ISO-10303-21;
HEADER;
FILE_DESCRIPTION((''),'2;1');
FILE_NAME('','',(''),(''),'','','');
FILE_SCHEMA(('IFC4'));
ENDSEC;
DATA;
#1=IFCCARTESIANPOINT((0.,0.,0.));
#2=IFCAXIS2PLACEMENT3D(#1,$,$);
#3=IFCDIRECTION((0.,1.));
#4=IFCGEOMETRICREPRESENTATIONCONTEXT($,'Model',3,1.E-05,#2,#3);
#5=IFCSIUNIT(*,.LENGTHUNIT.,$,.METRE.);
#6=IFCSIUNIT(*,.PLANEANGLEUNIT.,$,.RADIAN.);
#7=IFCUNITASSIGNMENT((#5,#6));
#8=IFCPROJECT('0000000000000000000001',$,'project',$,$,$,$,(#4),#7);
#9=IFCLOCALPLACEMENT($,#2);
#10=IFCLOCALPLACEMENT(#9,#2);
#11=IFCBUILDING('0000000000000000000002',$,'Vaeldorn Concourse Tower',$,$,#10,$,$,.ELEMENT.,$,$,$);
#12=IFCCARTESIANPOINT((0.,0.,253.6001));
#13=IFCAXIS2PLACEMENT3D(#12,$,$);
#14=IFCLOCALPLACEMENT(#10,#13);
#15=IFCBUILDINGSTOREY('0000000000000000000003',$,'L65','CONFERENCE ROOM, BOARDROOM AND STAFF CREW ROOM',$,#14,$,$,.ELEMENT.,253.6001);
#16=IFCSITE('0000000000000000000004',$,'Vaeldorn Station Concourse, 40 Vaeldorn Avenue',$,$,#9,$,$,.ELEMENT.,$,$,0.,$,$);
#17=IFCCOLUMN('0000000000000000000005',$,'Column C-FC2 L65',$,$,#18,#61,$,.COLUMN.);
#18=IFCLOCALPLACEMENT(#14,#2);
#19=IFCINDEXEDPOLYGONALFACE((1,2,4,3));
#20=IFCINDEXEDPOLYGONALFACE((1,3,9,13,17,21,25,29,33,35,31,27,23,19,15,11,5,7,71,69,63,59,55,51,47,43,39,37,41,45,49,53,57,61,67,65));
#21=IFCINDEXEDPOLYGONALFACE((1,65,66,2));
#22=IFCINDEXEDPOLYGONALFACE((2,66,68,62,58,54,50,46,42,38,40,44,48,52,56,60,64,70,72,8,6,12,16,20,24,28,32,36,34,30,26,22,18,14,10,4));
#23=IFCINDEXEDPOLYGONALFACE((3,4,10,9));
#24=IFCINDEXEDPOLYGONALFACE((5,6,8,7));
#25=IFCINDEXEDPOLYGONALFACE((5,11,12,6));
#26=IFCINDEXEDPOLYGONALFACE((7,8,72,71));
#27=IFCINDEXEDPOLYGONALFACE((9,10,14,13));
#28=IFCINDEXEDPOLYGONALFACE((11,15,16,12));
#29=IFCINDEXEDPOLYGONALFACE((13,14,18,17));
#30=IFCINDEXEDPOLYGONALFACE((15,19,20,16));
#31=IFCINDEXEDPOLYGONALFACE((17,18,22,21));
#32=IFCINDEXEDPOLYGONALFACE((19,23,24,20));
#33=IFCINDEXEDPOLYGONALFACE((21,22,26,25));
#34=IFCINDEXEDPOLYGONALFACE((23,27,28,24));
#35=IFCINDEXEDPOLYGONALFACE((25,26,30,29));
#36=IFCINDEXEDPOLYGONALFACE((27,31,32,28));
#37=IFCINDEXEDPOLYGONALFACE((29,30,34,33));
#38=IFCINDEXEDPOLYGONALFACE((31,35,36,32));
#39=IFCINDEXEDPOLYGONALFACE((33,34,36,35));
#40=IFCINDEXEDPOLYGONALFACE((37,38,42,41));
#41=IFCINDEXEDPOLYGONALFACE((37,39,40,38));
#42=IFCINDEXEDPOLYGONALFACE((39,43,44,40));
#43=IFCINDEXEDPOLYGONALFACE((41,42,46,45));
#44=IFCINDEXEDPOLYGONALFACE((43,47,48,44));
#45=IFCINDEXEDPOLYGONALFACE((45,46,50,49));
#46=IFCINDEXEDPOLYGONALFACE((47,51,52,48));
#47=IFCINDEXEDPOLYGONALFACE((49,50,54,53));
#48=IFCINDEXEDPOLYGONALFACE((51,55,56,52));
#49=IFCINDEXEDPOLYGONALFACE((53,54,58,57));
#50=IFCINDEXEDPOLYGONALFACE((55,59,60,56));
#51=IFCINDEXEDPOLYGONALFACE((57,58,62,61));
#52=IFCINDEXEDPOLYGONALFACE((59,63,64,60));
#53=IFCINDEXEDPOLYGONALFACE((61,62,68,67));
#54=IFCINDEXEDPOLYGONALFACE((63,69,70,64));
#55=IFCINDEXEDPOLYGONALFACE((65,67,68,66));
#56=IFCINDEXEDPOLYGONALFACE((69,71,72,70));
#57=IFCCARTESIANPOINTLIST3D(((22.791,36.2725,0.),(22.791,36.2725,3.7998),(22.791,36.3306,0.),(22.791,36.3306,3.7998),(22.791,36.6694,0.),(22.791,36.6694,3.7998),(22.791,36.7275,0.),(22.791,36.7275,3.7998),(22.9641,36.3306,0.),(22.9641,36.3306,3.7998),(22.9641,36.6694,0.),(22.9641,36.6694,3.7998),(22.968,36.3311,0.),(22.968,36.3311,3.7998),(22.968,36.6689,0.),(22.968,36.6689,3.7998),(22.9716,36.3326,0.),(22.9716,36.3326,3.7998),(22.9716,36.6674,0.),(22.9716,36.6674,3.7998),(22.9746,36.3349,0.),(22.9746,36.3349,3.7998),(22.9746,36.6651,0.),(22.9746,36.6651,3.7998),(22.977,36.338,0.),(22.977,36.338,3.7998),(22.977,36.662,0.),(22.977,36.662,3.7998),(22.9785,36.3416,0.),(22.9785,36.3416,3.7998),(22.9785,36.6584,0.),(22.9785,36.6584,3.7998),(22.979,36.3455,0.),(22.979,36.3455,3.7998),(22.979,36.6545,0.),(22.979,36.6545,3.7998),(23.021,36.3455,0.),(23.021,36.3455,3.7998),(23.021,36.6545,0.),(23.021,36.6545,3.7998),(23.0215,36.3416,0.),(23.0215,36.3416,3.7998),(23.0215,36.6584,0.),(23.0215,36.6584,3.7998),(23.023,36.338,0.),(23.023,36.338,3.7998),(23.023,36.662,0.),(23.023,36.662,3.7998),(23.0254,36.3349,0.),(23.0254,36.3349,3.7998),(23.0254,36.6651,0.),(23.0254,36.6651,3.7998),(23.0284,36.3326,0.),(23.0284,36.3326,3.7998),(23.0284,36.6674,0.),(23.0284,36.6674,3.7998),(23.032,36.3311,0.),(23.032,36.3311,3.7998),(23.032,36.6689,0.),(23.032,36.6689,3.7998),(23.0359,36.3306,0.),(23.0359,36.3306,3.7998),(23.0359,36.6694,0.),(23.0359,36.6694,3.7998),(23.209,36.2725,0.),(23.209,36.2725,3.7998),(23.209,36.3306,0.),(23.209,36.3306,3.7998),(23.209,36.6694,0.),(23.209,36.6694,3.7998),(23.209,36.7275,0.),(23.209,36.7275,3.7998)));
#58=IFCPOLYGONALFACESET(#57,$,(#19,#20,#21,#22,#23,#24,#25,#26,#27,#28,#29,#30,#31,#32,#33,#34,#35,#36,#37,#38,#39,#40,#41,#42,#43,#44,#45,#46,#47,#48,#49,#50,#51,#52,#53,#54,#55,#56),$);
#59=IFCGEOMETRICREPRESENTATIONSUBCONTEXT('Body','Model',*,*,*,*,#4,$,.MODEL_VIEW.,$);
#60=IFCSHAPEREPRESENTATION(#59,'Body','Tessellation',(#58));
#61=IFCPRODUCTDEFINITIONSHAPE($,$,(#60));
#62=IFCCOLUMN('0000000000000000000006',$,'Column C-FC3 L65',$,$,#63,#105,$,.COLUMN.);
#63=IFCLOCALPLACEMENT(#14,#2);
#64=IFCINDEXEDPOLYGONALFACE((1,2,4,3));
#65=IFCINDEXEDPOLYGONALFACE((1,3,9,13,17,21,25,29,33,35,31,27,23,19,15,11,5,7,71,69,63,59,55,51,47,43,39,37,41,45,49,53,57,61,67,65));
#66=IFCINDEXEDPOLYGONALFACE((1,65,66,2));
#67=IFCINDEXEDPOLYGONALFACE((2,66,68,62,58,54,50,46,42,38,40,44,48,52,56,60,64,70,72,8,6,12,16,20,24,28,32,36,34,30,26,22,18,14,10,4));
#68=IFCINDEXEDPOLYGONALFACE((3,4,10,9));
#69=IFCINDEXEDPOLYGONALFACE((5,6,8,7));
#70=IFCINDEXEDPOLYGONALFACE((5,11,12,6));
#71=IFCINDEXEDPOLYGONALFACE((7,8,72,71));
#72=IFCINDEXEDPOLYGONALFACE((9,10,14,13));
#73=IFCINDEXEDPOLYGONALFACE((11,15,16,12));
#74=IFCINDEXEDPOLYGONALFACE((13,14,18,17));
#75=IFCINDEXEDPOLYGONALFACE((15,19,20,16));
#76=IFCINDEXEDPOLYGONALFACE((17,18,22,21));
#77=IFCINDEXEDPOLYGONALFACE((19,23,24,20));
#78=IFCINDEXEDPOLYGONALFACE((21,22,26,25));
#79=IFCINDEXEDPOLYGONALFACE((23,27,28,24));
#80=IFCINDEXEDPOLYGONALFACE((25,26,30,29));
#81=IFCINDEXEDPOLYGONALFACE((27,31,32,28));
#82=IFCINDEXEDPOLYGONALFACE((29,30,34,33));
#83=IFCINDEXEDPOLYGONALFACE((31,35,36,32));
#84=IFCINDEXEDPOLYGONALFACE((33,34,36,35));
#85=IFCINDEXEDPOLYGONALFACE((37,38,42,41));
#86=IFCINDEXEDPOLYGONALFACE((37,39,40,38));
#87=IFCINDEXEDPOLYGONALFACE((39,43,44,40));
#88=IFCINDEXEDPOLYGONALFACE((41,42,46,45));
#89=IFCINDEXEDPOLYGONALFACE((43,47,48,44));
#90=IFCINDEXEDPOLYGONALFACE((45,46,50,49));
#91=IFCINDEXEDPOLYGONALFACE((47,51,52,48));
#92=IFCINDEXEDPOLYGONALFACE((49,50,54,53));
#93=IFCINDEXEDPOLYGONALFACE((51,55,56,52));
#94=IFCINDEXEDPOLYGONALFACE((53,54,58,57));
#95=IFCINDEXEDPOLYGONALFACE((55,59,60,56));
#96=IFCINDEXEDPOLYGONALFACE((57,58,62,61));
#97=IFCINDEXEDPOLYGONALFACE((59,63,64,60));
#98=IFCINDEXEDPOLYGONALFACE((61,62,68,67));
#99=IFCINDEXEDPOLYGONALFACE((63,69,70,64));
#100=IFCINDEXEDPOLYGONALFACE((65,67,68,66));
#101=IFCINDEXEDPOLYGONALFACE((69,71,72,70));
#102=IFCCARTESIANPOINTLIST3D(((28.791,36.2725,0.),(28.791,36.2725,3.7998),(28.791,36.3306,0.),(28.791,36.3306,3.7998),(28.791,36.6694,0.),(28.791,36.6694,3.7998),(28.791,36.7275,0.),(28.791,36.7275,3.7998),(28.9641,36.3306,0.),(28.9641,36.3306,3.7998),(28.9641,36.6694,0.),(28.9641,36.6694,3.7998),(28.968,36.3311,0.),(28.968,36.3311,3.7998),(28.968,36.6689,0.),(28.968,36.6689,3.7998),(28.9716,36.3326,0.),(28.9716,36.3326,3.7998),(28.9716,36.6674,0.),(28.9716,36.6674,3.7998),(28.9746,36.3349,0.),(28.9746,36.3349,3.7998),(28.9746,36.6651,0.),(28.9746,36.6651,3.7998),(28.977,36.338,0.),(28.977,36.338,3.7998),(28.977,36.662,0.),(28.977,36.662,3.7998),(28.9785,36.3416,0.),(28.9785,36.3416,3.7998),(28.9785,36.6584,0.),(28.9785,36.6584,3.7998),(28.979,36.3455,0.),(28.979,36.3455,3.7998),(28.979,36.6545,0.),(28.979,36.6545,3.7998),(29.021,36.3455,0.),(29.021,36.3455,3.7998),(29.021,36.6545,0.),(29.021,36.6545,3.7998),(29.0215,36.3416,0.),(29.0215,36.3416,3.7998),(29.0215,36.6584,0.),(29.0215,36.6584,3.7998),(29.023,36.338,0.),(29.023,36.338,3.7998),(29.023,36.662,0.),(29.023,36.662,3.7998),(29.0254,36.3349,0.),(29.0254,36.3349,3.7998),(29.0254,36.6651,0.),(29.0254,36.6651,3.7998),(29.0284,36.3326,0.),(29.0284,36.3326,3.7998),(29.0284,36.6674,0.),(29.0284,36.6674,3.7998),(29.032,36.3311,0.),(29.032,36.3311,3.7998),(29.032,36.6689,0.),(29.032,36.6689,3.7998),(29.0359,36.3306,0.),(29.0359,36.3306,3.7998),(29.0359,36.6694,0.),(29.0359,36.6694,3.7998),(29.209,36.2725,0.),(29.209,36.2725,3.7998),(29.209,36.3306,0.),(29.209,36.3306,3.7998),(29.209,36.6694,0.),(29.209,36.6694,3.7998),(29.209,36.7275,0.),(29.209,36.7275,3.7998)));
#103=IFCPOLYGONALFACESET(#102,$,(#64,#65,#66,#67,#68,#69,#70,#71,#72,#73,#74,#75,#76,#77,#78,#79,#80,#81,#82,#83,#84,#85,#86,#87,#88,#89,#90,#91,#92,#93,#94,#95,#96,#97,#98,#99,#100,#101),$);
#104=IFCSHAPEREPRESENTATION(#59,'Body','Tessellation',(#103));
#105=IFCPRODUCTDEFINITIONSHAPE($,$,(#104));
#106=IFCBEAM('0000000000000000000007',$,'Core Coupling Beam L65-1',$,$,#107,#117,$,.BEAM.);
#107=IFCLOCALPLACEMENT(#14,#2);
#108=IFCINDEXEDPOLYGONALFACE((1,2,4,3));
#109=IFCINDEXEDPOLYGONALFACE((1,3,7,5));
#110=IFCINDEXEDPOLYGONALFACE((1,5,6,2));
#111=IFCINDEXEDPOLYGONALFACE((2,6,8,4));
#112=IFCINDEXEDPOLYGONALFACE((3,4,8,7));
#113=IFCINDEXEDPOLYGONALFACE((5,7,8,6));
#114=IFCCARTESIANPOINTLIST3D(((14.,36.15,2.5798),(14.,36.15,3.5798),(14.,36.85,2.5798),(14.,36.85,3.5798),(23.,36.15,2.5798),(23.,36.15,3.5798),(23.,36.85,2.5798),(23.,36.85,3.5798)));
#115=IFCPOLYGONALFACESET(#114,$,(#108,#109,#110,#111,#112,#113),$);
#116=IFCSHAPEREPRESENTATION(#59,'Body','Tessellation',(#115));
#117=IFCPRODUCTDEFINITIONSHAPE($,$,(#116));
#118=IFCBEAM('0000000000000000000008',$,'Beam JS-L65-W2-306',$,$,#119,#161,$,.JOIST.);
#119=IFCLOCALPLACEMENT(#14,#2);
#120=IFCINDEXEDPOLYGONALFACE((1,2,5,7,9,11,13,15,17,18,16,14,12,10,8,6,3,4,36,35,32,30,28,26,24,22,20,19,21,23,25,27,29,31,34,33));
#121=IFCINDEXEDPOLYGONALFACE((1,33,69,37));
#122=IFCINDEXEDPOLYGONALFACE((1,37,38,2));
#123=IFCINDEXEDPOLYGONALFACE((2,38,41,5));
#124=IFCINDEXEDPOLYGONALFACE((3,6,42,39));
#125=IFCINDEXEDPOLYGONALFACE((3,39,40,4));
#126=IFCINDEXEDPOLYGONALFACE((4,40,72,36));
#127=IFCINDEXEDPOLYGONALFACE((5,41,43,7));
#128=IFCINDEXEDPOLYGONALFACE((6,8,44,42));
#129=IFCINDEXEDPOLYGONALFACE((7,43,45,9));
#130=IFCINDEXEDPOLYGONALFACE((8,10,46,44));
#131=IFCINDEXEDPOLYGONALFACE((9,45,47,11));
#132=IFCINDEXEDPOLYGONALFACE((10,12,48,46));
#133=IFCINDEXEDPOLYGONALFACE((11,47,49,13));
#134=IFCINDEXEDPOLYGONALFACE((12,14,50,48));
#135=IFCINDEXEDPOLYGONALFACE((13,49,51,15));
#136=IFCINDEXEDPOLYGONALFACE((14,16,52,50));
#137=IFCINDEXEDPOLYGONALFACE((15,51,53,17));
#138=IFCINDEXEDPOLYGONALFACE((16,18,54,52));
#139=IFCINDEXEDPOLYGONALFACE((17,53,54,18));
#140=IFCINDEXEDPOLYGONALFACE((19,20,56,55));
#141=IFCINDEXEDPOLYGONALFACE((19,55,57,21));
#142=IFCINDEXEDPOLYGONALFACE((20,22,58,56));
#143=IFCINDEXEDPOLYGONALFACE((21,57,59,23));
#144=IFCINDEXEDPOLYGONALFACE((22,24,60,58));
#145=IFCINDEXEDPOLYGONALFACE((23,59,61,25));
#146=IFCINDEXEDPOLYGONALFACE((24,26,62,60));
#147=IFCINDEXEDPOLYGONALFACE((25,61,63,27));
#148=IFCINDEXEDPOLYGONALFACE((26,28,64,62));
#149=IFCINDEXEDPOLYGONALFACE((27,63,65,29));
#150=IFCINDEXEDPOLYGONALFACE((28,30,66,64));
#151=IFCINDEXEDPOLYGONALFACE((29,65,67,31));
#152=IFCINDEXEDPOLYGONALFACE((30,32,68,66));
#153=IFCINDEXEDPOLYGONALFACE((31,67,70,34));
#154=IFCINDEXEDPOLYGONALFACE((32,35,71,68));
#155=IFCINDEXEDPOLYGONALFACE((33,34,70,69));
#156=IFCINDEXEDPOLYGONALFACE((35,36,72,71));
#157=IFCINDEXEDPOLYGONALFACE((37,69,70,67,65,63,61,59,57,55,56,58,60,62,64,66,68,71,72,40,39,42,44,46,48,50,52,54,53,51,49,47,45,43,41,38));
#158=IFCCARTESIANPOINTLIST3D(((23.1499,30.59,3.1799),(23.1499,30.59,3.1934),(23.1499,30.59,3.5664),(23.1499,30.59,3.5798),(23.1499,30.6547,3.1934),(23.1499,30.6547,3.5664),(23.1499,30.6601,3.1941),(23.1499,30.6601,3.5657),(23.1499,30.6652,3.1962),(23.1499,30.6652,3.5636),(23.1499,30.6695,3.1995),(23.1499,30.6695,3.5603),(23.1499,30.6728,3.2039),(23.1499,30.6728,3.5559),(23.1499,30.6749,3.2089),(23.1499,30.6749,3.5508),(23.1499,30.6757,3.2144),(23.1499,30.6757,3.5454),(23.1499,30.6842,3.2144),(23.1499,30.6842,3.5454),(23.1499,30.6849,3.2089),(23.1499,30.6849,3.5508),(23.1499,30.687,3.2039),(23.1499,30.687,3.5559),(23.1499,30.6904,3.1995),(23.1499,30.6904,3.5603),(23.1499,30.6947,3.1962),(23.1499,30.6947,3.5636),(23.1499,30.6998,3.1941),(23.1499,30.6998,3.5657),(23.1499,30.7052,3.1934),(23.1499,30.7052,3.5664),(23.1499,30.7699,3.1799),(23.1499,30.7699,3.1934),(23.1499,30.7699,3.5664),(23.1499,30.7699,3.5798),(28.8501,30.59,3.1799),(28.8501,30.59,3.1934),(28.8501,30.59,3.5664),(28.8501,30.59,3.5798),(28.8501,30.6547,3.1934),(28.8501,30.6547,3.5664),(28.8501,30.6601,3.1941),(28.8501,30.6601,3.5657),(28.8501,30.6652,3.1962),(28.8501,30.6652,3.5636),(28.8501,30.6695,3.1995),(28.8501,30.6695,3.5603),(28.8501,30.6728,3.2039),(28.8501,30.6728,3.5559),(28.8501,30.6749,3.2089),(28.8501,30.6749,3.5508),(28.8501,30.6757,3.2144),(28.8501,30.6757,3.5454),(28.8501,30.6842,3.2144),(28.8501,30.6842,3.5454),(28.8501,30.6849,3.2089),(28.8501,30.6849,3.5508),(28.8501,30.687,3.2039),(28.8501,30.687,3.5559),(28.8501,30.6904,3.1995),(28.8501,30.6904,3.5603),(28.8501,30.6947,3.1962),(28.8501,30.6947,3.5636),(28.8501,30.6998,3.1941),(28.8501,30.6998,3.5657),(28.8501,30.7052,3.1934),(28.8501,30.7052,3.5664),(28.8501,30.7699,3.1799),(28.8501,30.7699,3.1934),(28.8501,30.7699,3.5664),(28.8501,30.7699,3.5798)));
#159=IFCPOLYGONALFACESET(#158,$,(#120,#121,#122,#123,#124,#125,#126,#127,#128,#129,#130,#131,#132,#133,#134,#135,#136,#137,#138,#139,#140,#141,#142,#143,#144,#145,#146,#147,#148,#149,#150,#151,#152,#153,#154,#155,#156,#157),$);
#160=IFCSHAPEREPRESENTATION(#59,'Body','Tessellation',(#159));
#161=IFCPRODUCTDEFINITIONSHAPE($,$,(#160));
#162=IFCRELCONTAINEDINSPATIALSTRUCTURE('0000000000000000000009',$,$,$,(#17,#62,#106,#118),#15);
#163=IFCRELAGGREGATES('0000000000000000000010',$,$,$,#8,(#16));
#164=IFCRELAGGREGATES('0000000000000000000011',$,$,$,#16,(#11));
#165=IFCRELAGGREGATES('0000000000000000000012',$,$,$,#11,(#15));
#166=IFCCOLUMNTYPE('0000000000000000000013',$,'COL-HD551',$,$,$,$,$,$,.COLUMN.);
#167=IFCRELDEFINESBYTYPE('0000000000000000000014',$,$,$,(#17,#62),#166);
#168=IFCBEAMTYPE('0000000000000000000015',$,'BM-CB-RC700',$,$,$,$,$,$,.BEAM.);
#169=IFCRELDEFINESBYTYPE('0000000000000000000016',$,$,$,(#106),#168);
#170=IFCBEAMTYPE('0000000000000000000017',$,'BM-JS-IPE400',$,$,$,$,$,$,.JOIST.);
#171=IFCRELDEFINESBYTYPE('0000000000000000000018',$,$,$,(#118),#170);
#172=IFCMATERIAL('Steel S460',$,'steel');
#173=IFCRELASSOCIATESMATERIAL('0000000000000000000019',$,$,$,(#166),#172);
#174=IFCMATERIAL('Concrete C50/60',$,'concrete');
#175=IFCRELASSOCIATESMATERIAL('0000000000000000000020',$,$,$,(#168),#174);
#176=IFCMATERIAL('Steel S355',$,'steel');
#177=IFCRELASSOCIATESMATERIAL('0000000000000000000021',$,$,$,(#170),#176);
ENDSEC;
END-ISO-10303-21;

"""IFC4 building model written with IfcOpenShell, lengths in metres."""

from ifc_helpers import new_model, si_unit, direction, frame, origin, origin_2d, place, context, subcontext, project, spatial, rectangle, i_section, extrude, source, transform, mapped, material, material_profile, profile_set, type_object, element, save


model = new_model("IFC4")

# Units and contexts
model_context = context("Model", 3, precision=1e-05, world=origin(), true_north=direction((0.0, 1.0)))
body_context = subcontext(model_context, "Body", "Model", "MODEL_VIEW")
ifc_project = project(units=[si_unit("LENGTHUNIT", "METRE"), si_unit("PLANEANGLEUNIT", "RADIAN")], contexts=[model_context])

# Site, building, storey
site_placement = place(None, origin())
site = spatial("IfcSite", under=ifc_project, at=site_placement, Name="Vaeldorn Station Concourse, 40 Vaeldorn Avenue", CompositionType="ELEMENT", RefElevation=0.0)
building_placement = place(site_placement, origin())
building = spatial("IfcBuilding", under=site, at=building_placement, Name="Vaeldorn Concourse Tower", CompositionType="ELEMENT")
storey_placement = place(building_placement, frame((0.0, 0.0, 253.6001)))
storey = spatial("IfcBuildingStorey", under=building, at=storey_placement, Name="L65", Description="CONFERENCE ROOM, BOARDROOM AND STAFF CREW ROOM", CompositionType="ELEMENT", Elevation=253.6001)

# Columns
ifc_material_1 = material(Name="Steel S460", Category="steel")
ifc_material_profile_1 = material_profile(ifc_material_1, i_section(OverallWidth=0.418, OverallDepth=0.4551, WebThickness=0.042, FlangeThickness=0.0581, FilletRadius=0.0149, at=origin_2d()), Name="HD 400x551")
ifc_profile_set_1 = profile_set([ifc_material_profile_1], Name="Steel S460")
column_type = type_object("IfcColumnType", Name="COL-HD551", PredefinedType="COLUMN", material=ifc_profile_set_1)
shared_shape_1 = source(origin(), body_context, "Body", "SweptSolid", [
    extrude(i_section(OverallWidth=0.418, OverallDepth=0.4551, WebThickness=0.042, FlangeThickness=0.0581, FilletRadius=0.0149, at=origin_2d()), origin(), (0.0, 0.0, 1.0), 3.7998),
])
for number, where, z_axis, x_axis, name in (
    (1, (23.0, 36.5, 0.0), (0.0, 0.0, 1.0), (1.0, 0.0, 0.0), "Column C-FC2 L65"),
    (2, (29.0, 36.5, 0.0), (0.0, 0.0, 1.0), (1.0, 0.0, 0.0), "Column C-FC3 L65"),
):
    element("IfcColumn", number, at=place(storey_placement, frame(where, z_axis=z_axis, x_axis=x_axis)), inside=storey, type_object=column_type, Name=name, PredefinedType="COLUMN", context=body_context, shape_type="MappedRepresentation", body=[
        mapped(shared_shape_1, transform((0.0, 0.0, 0.0), scale=1.0)),
    ])

# Beams
ifc_material_2 = material(Name="Concrete C50/60", Category="concrete")
ifc_material_profile_2 = material_profile(ifc_material_2, rectangle(XDim=0.7, YDim=1.0, at=origin_2d()), Name="RC 700x1000")
ifc_profile_set_2 = profile_set([ifc_material_profile_2], Name="Concrete C50/60")
beam_type_1 = type_object("IfcBeamType", Name="BM-CB-RC700", PredefinedType="BEAM", material=ifc_profile_set_2)
shared_shape_2 = source(origin(), body_context, "Body", "SweptSolid", [
    extrude(rectangle(XDim=0.7, YDim=1.0, at=origin_2d()), origin(), (0.0, 0.0, 1.0), 9.0),
])
beam_1_placement = place(storey_placement, frame((14.0, 36.5, 3.0798), z_axis=(1.0, 0.0, 0.0), x_axis=(0.0, 1.0, 0.0)))
element("IfcBeam", 3, at=beam_1_placement, inside=storey, type_object=beam_type_1, Name="Core Coupling Beam L65-1", PredefinedType="BEAM", context=body_context, shape_type="MappedRepresentation", body=[
    mapped(shared_shape_2, transform((0.0, 0.0, 0.0), scale=1.0)),
])
ifc_material_3 = material(Name="Steel S355", Category="steel")
ifc_material_profile_3 = material_profile(ifc_material_3, i_section(OverallWidth=0.1799, OverallDepth=0.3999, WebThickness=0.0085, FlangeThickness=0.0134, FilletRadius=0.021, at=origin_2d()), Name="IPE 400")
ifc_profile_set_3 = profile_set([ifc_material_profile_3], Name="Steel S355")
beam_type_2 = type_object("IfcBeamType", Name="BM-JS-IPE400", PredefinedType="JOIST", material=ifc_profile_set_3)
shared_shape_3 = source(origin(), body_context, "Body", "SweptSolid", [
    extrude(i_section(OverallWidth=0.1799, OverallDepth=0.3999, WebThickness=0.0085, FlangeThickness=0.0134, FilletRadius=0.021, at=origin_2d()), origin(), (0.0, 0.0, 1.0), 5.7002),
])
for number, where, z_axis, x_axis, name in (
    (4, (23.1499, 30.6799, 3.3799), (1.0, 0.0, 0.0), (0.0, 1.0, 0.0), "Beam JS-L65-W2-306"),
):
    element("IfcBeam", number, at=place(storey_placement, frame(where, z_axis=z_axis, x_axis=x_axis)), inside=storey, type_object=beam_type_2, Name=name, PredefinedType="JOIST", context=body_context, shape_type="MappedRepresentation", body=[
        mapped(shared_shape_3, transform((0.0, 0.0, 0.0), scale=1.0)),
    ])

save(model, "model.ifc")
